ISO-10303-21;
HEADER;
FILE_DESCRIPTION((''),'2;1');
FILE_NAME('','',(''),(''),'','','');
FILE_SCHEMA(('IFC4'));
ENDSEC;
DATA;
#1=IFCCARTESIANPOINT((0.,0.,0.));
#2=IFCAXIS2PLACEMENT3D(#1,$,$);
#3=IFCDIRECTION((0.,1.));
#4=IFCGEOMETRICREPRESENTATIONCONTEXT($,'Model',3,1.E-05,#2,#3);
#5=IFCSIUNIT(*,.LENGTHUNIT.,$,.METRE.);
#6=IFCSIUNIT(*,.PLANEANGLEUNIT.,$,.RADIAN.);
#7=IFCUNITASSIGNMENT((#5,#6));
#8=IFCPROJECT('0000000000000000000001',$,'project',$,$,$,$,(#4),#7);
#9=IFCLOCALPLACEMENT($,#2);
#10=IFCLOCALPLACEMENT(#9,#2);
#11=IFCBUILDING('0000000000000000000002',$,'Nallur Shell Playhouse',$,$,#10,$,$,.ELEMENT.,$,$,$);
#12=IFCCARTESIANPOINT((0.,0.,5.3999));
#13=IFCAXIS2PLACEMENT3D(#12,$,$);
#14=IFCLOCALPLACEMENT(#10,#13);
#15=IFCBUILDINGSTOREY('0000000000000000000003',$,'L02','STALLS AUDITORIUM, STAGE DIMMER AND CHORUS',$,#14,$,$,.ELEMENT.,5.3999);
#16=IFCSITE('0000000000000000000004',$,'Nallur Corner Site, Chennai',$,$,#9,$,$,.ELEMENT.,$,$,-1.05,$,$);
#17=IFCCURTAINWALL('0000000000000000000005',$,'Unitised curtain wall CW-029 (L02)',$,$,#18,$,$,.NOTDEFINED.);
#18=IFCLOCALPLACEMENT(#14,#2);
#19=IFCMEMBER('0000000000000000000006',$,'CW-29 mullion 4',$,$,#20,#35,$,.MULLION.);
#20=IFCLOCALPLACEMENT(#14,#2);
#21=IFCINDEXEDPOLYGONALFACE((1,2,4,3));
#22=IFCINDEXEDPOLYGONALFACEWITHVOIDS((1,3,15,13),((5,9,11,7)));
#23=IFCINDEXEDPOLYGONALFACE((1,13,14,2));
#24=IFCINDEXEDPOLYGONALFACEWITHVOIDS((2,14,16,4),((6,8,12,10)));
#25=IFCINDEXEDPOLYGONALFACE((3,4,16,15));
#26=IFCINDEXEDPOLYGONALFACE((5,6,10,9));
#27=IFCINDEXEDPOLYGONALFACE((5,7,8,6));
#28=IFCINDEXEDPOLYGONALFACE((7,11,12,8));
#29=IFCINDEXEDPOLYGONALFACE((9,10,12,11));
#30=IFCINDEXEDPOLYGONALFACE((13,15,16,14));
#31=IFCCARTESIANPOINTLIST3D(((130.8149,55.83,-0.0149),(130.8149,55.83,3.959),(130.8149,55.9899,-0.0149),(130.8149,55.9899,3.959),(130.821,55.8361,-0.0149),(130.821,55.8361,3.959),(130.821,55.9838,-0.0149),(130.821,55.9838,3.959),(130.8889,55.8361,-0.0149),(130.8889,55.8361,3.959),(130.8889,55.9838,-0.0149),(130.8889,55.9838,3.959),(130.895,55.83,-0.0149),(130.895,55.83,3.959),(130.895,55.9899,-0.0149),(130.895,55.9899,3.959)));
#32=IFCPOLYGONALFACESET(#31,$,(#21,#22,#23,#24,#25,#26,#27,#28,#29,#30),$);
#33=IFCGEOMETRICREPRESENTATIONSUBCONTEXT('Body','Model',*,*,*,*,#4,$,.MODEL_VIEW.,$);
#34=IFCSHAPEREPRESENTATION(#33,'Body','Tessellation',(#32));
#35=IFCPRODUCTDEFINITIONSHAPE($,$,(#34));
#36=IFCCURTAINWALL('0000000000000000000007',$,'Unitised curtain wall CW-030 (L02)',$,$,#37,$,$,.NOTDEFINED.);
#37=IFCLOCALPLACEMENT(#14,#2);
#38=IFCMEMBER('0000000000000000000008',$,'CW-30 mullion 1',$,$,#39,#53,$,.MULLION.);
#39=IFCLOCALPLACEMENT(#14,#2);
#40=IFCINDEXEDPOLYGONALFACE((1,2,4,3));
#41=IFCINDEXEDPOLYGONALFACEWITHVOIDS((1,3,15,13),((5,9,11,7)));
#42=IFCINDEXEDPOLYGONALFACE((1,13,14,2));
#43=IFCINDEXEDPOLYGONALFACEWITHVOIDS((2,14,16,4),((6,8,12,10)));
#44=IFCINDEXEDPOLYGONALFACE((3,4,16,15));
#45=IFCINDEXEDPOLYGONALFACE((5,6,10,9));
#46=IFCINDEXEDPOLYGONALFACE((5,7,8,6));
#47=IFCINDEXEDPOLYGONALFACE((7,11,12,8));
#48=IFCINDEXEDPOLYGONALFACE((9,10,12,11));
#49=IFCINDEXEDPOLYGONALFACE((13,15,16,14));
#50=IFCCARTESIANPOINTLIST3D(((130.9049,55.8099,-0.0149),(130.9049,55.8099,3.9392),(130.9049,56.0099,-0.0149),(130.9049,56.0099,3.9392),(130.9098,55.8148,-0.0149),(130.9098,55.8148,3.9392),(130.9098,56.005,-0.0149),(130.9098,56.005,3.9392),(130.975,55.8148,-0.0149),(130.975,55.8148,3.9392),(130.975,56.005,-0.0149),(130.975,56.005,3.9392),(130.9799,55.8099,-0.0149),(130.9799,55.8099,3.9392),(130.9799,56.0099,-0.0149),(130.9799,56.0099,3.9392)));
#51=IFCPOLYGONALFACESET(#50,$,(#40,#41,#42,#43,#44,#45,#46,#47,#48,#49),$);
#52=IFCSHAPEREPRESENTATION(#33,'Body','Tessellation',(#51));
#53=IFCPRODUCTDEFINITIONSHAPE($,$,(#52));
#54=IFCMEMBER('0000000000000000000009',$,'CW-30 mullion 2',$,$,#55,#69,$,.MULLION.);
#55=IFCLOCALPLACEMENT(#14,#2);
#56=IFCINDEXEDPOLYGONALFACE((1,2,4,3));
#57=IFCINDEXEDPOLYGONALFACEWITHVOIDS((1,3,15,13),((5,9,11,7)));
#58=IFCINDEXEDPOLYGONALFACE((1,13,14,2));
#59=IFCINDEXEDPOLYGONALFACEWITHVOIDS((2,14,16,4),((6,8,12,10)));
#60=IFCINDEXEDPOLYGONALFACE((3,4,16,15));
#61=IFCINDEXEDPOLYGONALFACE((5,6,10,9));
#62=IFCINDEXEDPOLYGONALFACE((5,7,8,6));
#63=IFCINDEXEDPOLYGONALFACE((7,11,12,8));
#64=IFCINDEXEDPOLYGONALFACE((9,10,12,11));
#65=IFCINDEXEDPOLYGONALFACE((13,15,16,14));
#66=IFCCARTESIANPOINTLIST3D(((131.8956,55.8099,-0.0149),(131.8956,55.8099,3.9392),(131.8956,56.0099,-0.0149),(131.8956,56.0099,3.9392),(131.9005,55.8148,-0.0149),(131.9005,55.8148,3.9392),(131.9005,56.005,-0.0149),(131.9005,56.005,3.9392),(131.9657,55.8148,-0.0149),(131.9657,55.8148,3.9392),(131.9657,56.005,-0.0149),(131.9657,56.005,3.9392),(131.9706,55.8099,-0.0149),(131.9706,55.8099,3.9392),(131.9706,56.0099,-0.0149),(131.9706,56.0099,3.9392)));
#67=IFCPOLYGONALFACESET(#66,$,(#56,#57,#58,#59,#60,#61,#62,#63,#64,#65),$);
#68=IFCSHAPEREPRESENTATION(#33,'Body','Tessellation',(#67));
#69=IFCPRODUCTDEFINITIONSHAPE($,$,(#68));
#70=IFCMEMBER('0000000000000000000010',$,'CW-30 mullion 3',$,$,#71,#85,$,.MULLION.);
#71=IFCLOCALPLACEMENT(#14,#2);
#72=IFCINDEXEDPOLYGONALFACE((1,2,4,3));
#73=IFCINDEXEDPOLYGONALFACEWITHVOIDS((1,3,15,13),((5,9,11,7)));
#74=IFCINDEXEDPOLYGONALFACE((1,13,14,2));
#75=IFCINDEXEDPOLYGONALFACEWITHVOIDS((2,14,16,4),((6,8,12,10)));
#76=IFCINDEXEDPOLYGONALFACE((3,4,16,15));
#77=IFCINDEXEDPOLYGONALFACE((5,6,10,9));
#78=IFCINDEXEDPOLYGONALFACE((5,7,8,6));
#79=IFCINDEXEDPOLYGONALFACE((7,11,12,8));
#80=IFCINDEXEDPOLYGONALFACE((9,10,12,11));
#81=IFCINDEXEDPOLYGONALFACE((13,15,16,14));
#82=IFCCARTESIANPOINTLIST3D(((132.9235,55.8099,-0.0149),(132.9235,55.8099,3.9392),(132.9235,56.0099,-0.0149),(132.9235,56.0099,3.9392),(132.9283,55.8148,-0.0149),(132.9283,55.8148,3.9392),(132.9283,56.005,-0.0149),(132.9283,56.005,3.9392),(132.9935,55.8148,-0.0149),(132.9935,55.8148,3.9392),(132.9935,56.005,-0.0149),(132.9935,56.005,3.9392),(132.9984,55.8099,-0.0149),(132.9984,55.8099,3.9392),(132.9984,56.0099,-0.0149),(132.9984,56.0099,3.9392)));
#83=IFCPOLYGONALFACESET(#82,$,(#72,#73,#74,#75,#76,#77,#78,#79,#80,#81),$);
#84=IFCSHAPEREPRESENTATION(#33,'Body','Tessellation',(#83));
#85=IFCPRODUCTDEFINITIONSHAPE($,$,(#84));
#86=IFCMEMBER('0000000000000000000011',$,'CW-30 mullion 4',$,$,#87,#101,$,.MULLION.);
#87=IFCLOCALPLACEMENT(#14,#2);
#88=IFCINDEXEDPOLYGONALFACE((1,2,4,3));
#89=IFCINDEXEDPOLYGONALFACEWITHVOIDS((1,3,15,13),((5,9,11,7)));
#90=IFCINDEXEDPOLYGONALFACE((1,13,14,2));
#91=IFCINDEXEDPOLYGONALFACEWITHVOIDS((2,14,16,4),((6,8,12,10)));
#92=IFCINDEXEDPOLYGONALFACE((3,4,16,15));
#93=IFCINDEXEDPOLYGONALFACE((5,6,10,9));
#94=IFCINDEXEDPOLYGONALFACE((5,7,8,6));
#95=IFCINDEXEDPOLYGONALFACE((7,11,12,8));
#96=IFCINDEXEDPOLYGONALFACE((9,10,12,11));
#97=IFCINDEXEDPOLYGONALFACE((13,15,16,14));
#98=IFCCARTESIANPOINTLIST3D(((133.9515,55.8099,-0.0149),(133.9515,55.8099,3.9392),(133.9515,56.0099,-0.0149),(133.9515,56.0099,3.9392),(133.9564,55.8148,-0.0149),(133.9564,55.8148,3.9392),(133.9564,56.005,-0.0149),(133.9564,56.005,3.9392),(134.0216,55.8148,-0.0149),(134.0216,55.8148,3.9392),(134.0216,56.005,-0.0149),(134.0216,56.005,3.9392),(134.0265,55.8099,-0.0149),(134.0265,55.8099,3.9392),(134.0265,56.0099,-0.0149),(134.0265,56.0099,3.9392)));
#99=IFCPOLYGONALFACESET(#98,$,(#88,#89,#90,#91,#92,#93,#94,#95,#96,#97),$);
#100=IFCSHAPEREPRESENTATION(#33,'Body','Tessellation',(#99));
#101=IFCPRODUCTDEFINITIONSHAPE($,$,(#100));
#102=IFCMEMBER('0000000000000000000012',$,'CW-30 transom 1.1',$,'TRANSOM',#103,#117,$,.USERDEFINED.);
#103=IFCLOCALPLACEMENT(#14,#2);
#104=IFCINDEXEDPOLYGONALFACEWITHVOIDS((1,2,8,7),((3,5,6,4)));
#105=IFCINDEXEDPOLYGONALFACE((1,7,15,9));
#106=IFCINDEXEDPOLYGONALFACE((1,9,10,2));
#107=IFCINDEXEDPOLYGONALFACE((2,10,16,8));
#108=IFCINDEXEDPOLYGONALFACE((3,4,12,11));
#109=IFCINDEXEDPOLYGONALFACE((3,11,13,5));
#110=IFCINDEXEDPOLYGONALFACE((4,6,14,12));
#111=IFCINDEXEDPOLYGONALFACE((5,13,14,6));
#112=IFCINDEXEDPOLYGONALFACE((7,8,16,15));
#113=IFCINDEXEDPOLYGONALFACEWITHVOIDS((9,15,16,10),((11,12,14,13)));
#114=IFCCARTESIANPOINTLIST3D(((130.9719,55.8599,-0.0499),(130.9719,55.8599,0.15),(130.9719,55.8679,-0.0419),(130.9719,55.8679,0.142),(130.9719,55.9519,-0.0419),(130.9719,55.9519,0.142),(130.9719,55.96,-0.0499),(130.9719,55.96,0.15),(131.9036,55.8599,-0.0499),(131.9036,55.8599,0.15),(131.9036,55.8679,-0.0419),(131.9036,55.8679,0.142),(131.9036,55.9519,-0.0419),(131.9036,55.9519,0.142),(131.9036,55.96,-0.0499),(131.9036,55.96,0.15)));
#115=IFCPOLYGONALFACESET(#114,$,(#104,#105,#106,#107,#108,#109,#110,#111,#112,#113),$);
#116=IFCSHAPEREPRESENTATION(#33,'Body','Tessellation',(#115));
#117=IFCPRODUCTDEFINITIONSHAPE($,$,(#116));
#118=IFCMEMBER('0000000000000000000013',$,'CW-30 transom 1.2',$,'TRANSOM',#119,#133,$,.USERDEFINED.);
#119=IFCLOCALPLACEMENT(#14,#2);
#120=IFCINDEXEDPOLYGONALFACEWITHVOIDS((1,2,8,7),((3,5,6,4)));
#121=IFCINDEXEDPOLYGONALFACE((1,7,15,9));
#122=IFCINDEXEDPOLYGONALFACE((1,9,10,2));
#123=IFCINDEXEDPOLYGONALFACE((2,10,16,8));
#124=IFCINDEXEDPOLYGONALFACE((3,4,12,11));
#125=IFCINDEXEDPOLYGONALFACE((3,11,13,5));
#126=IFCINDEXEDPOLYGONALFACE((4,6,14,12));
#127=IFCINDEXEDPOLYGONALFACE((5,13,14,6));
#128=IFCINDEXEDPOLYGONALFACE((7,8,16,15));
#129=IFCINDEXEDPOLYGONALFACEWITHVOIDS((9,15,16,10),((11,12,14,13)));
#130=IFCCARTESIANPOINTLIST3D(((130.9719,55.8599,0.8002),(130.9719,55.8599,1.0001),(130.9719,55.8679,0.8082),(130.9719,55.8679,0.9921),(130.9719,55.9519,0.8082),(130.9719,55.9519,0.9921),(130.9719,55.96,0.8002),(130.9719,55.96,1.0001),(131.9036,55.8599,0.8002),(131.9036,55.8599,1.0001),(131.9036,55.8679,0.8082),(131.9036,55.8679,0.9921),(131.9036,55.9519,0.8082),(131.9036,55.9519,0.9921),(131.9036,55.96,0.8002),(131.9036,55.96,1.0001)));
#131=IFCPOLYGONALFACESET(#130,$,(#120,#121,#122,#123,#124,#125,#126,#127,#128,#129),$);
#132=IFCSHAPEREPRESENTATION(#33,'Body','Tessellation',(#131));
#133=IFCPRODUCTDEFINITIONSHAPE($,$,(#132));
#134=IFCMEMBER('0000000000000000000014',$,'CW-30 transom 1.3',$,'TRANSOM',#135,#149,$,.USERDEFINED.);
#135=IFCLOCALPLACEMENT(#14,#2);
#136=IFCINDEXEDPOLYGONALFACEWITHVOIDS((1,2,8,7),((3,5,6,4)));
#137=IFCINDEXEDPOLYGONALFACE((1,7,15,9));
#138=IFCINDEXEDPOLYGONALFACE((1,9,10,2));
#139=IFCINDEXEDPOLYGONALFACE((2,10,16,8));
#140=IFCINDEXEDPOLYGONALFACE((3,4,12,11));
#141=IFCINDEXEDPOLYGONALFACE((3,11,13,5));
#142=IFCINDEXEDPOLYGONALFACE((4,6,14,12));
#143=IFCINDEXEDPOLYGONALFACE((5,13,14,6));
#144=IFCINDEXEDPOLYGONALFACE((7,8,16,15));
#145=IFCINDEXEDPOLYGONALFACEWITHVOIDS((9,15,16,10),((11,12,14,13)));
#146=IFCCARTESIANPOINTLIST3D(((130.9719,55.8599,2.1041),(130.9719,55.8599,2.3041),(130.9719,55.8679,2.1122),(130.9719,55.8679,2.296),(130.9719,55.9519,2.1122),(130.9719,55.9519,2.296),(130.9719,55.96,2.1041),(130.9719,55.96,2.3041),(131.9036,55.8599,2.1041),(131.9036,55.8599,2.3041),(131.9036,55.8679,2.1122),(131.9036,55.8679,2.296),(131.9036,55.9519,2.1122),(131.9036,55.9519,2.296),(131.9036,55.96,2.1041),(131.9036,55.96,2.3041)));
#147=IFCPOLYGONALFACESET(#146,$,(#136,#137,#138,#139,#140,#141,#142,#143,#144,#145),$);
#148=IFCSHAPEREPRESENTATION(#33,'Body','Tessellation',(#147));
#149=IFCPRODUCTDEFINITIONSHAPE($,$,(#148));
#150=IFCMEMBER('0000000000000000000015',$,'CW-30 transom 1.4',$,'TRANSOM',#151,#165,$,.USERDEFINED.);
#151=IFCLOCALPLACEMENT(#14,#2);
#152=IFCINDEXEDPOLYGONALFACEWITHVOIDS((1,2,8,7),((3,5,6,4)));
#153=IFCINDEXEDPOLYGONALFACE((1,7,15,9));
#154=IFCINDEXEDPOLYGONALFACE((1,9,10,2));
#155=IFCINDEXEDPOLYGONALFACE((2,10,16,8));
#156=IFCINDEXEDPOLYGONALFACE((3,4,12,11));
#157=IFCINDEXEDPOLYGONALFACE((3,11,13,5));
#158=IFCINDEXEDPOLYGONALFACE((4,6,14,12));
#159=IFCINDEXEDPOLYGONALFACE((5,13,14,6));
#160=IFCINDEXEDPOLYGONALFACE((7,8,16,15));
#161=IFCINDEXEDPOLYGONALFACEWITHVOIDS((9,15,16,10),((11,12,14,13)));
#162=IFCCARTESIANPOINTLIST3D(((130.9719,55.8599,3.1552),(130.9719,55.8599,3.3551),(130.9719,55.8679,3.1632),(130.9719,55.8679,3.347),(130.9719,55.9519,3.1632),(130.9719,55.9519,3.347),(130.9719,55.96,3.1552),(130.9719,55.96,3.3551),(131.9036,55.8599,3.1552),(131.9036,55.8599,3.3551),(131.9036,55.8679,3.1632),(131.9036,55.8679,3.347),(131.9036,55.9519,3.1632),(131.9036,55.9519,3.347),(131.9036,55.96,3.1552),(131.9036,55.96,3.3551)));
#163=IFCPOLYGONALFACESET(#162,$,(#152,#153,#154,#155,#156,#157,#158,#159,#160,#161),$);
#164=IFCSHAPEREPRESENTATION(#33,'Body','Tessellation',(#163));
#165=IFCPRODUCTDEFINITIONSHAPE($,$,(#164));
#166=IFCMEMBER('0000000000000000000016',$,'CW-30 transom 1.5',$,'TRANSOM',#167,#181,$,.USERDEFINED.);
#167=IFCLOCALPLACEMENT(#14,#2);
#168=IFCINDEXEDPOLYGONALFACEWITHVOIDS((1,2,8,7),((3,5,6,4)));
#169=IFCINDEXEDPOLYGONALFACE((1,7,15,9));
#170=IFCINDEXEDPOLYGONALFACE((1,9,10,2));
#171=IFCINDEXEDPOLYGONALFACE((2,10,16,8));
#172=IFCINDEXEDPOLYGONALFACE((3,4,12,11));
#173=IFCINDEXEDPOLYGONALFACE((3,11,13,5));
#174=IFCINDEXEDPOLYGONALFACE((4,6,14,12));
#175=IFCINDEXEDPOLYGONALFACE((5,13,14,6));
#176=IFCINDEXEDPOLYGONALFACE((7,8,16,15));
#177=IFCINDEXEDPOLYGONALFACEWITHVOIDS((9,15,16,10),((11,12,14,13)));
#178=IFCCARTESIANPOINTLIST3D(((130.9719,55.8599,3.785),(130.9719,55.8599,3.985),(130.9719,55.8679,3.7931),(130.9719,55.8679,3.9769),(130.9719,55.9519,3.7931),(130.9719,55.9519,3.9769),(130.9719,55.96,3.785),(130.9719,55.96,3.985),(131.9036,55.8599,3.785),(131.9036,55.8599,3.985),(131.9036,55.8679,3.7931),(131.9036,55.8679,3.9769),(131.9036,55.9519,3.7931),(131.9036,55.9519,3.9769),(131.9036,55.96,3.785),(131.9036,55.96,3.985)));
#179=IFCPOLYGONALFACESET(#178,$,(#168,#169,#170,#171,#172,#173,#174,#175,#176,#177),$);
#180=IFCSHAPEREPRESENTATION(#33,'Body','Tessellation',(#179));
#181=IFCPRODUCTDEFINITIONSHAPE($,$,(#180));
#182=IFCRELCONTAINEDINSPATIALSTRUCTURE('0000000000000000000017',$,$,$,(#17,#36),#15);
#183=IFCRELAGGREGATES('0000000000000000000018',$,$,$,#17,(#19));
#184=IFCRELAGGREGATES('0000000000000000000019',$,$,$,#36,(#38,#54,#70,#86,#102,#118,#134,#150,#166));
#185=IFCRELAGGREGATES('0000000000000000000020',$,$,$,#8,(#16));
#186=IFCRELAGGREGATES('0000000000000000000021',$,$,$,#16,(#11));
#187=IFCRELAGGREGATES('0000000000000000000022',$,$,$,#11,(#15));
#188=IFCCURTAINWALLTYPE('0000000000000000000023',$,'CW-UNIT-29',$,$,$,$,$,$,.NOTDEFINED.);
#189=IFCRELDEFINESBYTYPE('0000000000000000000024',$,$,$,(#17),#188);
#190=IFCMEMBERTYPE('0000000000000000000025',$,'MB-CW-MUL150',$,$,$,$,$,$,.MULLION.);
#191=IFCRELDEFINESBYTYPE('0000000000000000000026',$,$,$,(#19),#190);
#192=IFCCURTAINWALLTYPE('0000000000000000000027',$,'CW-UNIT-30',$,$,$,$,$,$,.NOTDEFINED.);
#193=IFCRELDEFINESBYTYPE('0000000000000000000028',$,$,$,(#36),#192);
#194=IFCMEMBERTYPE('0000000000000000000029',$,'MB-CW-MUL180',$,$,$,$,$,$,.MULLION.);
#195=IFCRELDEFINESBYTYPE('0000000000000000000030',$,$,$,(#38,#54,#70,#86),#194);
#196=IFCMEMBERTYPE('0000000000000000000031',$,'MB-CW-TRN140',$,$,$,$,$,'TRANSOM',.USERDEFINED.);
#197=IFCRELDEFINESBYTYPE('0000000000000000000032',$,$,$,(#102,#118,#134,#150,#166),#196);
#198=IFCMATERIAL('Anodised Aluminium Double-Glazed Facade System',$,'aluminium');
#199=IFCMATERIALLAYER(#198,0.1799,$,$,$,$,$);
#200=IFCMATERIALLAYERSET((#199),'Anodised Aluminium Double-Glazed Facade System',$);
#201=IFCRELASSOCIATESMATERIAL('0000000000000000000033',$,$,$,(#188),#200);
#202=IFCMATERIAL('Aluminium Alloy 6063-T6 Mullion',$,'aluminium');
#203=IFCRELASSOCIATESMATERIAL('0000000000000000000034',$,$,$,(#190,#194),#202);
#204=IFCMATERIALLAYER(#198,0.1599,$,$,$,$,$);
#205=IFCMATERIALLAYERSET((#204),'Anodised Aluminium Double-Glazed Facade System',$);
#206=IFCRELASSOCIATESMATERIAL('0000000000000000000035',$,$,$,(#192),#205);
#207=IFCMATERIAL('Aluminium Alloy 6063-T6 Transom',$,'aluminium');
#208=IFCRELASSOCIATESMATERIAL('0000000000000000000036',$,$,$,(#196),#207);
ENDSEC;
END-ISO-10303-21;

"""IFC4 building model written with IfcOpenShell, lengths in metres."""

from ifc_helpers import new_model, si_unit, direction, frame, origin, origin_2d, place, context, subcontext, project, spatial, hollow_rectangle, extrude, material, layer, layer_set, material_profile, profile_set, type_object, element, aggregate, save


model = new_model("IFC4")

# Units and contexts
model_context = context("Model", 3, precision=1e-05, world=origin(), true_north=direction((0.0, 1.0)))
body_context = subcontext(model_context, "Body", "Model", "MODEL_VIEW")
ifc_project = project(units=[si_unit("LENGTHUNIT", "METRE"), si_unit("PLANEANGLEUNIT", "RADIAN")], contexts=[model_context])

# Site, building, storey
site_placement = place(None, origin())
site = spatial("IfcSite", under=ifc_project, at=site_placement, Name="Nallur Corner Site, Chennai", CompositionType="ELEMENT", RefElevation=-1.05)
building_placement = place(site_placement, origin())
building = spatial("IfcBuilding", under=site, at=building_placement, Name="Nallur Shell Playhouse", CompositionType="ELEMENT")
storey_placement = place(building_placement, frame((0.0, 0.0, 5.3999)))
storey = spatial("IfcBuildingStorey", under=building, at=storey_placement, Name="L02", Description="STALLS AUDITORIUM, STAGE DIMMER AND CHORUS", CompositionType="ELEMENT", Elevation=5.3999)

# Curtain wall, member
ifc_material_1 = material(Name="Anodised Aluminium Double-Glazed Facade System", Category="aluminium")
ifc_layer_1 = layer(ifc_material_1, 0.1799)
ifc_layer_set_1 = layer_set([ifc_layer_1], Name="Anodised Aluminium Double-Glazed Facade System")
curtain_wall_type_1 = type_object("IfcCurtainWallType", Name="CW-UNIT-29", PredefinedType="NOTDEFINED", material=ifc_layer_set_1)
curtain_wall_1_placement = place(storey_placement, origin())
curtain_wall_1 = element("IfcCurtainWall", 1, at=curtain_wall_1_placement, inside=storey, type_object=curtain_wall_type_1, Name="Unitised curtain wall CW-029 (L02)", PredefinedType="NOTDEFINED")
ifc_material_2 = material(Name="Aluminium Alloy 6063-T6 Mullion", Category="aluminium")
ifc_material_profile_1 = material_profile(ifc_material_2, hollow_rectangle(XDim=0.0801, YDim=0.1599, WallThickness=0.0061, at=origin_2d()), Name="RHS 160x80x6")
ifc_profile_set_1 = profile_set([ifc_material_profile_1], Name="Aluminium Alloy 6063-T6 Mullion")
member_type_1 = type_object("IfcMemberType", Name="MB-CW-MUL150", PredefinedType="MULLION", material=ifc_profile_set_1)
member_1_placement = place(storey_placement, frame((130.855, 55.9099, -0.0149), z_axis=(0.0, 0.0, 1.0), x_axis=(1.0, 0.0, 0.0)))
member_1 = element("IfcMember", 2, at=member_1_placement, type_object=member_type_1, Name="CW-29 mullion 4", PredefinedType="MULLION", context=body_context, shape_type="SweptSolid", body=[
    extrude(hollow_rectangle(XDim=0.0801, YDim=0.1599, WallThickness=0.0061, at=origin_2d()), origin(), (0.0, 0.0, 1.0), 3.9739),
])
aggregate(curtain_wall_1, [member_1])

# Curtain wall, members
ifc_layer_2 = layer(ifc_material_1, 0.1599)
ifc_layer_set_2 = layer_set([ifc_layer_2], Name="Anodised Aluminium Double-Glazed Facade System")
curtain_wall_type_2 = type_object("IfcCurtainWallType", Name="CW-UNIT-30", PredefinedType="NOTDEFINED", material=ifc_layer_set_2)
curtain_wall_2_placement = place(storey_placement, origin())
curtain_wall_2 = element("IfcCurtainWall", 3, at=curtain_wall_2_placement, inside=storey, type_object=curtain_wall_type_2, Name="Unitised curtain wall CW-030 (L02)", PredefinedType="NOTDEFINED")
ifc_material_profile_2 = material_profile(ifc_material_2, hollow_rectangle(XDim=0.075, YDim=0.2, WallThickness=0.0049, at=origin_2d()), Name="ALU 75x200x5")
ifc_profile_set_2 = profile_set([ifc_material_profile_2], Name="Aluminium Alloy 6063-T6 Mullion")
member_type_2 = type_object("IfcMemberType", Name="MB-CW-MUL180", PredefinedType="MULLION", material=ifc_profile_set_2)
member_2_placement = place(storey_placement, frame((130.9424, 55.9099, -0.0149), z_axis=(0.0, 0.0, 1.0), x_axis=(1.0, 0.0, 0.0)))
member_2 = element("IfcMember", 4, at=member_2_placement, type_object=member_type_2, Name="CW-30 mullion 1", PredefinedType="MULLION", context=body_context, shape_type="SweptSolid", body=[
    extrude(hollow_rectangle(XDim=0.075, YDim=0.2, WallThickness=0.0049, at=origin_2d()), origin(), (0.0, 0.0, 1.0), 3.9541),
])
member_3_placement = place(storey_placement, frame((131.9331, 55.9099, -0.0149), z_axis=(0.0, 0.0, 1.0), x_axis=(1.0, 0.0, 0.0)))
member_3 = element("IfcMember", 5, at=member_3_placement, type_object=member_type_2, Name="CW-30 mullion 2", PredefinedType="MULLION", context=body_context, shape_type="SweptSolid", body=[
    extrude(hollow_rectangle(XDim=0.075, YDim=0.2, WallThickness=0.0049, at=origin_2d()), origin(), (0.0, 0.0, 1.0), 3.9541),
])
member_4_placement = place(storey_placement, frame((132.9609, 55.9099, -0.0149), z_axis=(0.0, 0.0, 1.0), x_axis=(1.0, 0.0, 0.0)))
member_4 = element("IfcMember", 6, at=member_4_placement, type_object=member_type_2, Name="CW-30 mullion 3", PredefinedType="MULLION", context=body_context, shape_type="SweptSolid", body=[
    extrude(hollow_rectangle(XDim=0.075, YDim=0.2, WallThickness=0.0049, at=origin_2d()), origin(), (0.0, 0.0, 1.0), 3.9541),
])
member_5_placement = place(storey_placement, frame((133.989, 55.9099, -0.0149), z_axis=(0.0, 0.0, 1.0), x_axis=(1.0, 0.0, 0.0)))
member_5 = element("IfcMember", 7, at=member_5_placement, type_object=member_type_2, Name="CW-30 mullion 4", PredefinedType="MULLION", context=body_context, shape_type="SweptSolid", body=[
    extrude(hollow_rectangle(XDim=0.075, YDim=0.2, WallThickness=0.0049, at=origin_2d()), origin(), (0.0, 0.0, 1.0), 3.9541),
])
ifc_material_3 = material(Name="Aluminium Alloy 6063-T6 Transom", Category="aluminium")
ifc_material_profile_3 = material_profile(ifc_material_3, hollow_rectangle(XDim=0.1001, YDim=0.2, WallThickness=0.0081, at=origin_2d()), Name="RHS 200x100x8")
ifc_profile_set_3 = profile_set([ifc_material_profile_3], Name="Aluminium Alloy 6063-T6 Transom")
member_type_3 = type_object("IfcMemberType", Name="MB-CW-TRN140", ElementType="TRANSOM", PredefinedType="USERDEFINED", material=ifc_profile_set_3)
member_6_placement = place(storey_placement, frame((130.9719, 55.9099, 0.05), z_axis=(1.0, 0.0, 0.0), x_axis=(0.0, 1.0, 0.0)))
member_6 = element("IfcMember", 8, at=member_6_placement, type_object=member_type_3, Name="CW-30 transom 1.1", ObjectType="TRANSOM", PredefinedType="USERDEFINED", context=body_context, shape_type="SweptSolid", body=[
    extrude(hollow_rectangle(XDim=0.1001, YDim=0.2, WallThickness=0.0081, at=origin_2d()), origin(), (0.0, 0.0, 1.0), 0.9316),
])
member_7_placement = place(storey_placement, frame((130.9719, 55.9099, 0.9001), z_axis=(1.0, 0.0, 0.0), x_axis=(0.0, 1.0, 0.0)))
member_7 = element("IfcMember", 9, at=member_7_placement, type_object=member_type_3, Name="CW-30 transom 1.2", ObjectType="TRANSOM", PredefinedType="USERDEFINED", context=body_context, shape_type="SweptSolid", body=[
    extrude(hollow_rectangle(XDim=0.1001, YDim=0.2, WallThickness=0.0081, at=origin_2d()), origin(), (0.0, 0.0, 1.0), 0.9316),
])
member_8_placement = place(storey_placement, frame((130.9719, 55.9099, 2.2041), z_axis=(1.0, 0.0, 0.0), x_axis=(0.0, 1.0, 0.0)))
member_8 = element("IfcMember", 10, at=member_8_placement, type_object=member_type_3, Name="CW-30 transom 1.3", ObjectType="TRANSOM", PredefinedType="USERDEFINED", context=body_context, shape_type="SweptSolid", body=[
    extrude(hollow_rectangle(XDim=0.1001, YDim=0.2, WallThickness=0.0081, at=origin_2d()), origin(), (0.0, 0.0, 1.0), 0.9316),
])
member_9_placement = place(storey_placement, frame((130.9719, 55.9099, 3.2551), z_axis=(1.0, 0.0, 0.0), x_axis=(0.0, 1.0, 0.0)))
member_9 = element("IfcMember", 11, at=member_9_placement, type_object=member_type_3, Name="CW-30 transom 1.4", ObjectType="TRANSOM", PredefinedType="USERDEFINED", context=body_context, shape_type="SweptSolid", body=[
    extrude(hollow_rectangle(XDim=0.1001, YDim=0.2, WallThickness=0.0081, at=origin_2d()), origin(), (0.0, 0.0, 1.0), 0.9316),
])
member_10_placement = place(storey_placement, frame((130.9719, 55.9099, 3.885), z_axis=(1.0, 0.0, 0.0), x_axis=(0.0, 1.0, 0.0)))
member_10 = element("IfcMember", 12, at=member_10_placement, type_object=member_type_3, Name="CW-30 transom 1.5", ObjectType="TRANSOM", PredefinedType="USERDEFINED", context=body_context, shape_type="SweptSolid", body=[
    extrude(hollow_rectangle(XDim=0.1001, YDim=0.2, WallThickness=0.0081, at=origin_2d()), origin(), (0.0, 0.0, 1.0), 0.9316),
])
aggregate(curtain_wall_2, [member_2, member_3, member_4, member_5, member_6, member_7, member_8, member_9, member_10])

save(model, "model.ifc")
